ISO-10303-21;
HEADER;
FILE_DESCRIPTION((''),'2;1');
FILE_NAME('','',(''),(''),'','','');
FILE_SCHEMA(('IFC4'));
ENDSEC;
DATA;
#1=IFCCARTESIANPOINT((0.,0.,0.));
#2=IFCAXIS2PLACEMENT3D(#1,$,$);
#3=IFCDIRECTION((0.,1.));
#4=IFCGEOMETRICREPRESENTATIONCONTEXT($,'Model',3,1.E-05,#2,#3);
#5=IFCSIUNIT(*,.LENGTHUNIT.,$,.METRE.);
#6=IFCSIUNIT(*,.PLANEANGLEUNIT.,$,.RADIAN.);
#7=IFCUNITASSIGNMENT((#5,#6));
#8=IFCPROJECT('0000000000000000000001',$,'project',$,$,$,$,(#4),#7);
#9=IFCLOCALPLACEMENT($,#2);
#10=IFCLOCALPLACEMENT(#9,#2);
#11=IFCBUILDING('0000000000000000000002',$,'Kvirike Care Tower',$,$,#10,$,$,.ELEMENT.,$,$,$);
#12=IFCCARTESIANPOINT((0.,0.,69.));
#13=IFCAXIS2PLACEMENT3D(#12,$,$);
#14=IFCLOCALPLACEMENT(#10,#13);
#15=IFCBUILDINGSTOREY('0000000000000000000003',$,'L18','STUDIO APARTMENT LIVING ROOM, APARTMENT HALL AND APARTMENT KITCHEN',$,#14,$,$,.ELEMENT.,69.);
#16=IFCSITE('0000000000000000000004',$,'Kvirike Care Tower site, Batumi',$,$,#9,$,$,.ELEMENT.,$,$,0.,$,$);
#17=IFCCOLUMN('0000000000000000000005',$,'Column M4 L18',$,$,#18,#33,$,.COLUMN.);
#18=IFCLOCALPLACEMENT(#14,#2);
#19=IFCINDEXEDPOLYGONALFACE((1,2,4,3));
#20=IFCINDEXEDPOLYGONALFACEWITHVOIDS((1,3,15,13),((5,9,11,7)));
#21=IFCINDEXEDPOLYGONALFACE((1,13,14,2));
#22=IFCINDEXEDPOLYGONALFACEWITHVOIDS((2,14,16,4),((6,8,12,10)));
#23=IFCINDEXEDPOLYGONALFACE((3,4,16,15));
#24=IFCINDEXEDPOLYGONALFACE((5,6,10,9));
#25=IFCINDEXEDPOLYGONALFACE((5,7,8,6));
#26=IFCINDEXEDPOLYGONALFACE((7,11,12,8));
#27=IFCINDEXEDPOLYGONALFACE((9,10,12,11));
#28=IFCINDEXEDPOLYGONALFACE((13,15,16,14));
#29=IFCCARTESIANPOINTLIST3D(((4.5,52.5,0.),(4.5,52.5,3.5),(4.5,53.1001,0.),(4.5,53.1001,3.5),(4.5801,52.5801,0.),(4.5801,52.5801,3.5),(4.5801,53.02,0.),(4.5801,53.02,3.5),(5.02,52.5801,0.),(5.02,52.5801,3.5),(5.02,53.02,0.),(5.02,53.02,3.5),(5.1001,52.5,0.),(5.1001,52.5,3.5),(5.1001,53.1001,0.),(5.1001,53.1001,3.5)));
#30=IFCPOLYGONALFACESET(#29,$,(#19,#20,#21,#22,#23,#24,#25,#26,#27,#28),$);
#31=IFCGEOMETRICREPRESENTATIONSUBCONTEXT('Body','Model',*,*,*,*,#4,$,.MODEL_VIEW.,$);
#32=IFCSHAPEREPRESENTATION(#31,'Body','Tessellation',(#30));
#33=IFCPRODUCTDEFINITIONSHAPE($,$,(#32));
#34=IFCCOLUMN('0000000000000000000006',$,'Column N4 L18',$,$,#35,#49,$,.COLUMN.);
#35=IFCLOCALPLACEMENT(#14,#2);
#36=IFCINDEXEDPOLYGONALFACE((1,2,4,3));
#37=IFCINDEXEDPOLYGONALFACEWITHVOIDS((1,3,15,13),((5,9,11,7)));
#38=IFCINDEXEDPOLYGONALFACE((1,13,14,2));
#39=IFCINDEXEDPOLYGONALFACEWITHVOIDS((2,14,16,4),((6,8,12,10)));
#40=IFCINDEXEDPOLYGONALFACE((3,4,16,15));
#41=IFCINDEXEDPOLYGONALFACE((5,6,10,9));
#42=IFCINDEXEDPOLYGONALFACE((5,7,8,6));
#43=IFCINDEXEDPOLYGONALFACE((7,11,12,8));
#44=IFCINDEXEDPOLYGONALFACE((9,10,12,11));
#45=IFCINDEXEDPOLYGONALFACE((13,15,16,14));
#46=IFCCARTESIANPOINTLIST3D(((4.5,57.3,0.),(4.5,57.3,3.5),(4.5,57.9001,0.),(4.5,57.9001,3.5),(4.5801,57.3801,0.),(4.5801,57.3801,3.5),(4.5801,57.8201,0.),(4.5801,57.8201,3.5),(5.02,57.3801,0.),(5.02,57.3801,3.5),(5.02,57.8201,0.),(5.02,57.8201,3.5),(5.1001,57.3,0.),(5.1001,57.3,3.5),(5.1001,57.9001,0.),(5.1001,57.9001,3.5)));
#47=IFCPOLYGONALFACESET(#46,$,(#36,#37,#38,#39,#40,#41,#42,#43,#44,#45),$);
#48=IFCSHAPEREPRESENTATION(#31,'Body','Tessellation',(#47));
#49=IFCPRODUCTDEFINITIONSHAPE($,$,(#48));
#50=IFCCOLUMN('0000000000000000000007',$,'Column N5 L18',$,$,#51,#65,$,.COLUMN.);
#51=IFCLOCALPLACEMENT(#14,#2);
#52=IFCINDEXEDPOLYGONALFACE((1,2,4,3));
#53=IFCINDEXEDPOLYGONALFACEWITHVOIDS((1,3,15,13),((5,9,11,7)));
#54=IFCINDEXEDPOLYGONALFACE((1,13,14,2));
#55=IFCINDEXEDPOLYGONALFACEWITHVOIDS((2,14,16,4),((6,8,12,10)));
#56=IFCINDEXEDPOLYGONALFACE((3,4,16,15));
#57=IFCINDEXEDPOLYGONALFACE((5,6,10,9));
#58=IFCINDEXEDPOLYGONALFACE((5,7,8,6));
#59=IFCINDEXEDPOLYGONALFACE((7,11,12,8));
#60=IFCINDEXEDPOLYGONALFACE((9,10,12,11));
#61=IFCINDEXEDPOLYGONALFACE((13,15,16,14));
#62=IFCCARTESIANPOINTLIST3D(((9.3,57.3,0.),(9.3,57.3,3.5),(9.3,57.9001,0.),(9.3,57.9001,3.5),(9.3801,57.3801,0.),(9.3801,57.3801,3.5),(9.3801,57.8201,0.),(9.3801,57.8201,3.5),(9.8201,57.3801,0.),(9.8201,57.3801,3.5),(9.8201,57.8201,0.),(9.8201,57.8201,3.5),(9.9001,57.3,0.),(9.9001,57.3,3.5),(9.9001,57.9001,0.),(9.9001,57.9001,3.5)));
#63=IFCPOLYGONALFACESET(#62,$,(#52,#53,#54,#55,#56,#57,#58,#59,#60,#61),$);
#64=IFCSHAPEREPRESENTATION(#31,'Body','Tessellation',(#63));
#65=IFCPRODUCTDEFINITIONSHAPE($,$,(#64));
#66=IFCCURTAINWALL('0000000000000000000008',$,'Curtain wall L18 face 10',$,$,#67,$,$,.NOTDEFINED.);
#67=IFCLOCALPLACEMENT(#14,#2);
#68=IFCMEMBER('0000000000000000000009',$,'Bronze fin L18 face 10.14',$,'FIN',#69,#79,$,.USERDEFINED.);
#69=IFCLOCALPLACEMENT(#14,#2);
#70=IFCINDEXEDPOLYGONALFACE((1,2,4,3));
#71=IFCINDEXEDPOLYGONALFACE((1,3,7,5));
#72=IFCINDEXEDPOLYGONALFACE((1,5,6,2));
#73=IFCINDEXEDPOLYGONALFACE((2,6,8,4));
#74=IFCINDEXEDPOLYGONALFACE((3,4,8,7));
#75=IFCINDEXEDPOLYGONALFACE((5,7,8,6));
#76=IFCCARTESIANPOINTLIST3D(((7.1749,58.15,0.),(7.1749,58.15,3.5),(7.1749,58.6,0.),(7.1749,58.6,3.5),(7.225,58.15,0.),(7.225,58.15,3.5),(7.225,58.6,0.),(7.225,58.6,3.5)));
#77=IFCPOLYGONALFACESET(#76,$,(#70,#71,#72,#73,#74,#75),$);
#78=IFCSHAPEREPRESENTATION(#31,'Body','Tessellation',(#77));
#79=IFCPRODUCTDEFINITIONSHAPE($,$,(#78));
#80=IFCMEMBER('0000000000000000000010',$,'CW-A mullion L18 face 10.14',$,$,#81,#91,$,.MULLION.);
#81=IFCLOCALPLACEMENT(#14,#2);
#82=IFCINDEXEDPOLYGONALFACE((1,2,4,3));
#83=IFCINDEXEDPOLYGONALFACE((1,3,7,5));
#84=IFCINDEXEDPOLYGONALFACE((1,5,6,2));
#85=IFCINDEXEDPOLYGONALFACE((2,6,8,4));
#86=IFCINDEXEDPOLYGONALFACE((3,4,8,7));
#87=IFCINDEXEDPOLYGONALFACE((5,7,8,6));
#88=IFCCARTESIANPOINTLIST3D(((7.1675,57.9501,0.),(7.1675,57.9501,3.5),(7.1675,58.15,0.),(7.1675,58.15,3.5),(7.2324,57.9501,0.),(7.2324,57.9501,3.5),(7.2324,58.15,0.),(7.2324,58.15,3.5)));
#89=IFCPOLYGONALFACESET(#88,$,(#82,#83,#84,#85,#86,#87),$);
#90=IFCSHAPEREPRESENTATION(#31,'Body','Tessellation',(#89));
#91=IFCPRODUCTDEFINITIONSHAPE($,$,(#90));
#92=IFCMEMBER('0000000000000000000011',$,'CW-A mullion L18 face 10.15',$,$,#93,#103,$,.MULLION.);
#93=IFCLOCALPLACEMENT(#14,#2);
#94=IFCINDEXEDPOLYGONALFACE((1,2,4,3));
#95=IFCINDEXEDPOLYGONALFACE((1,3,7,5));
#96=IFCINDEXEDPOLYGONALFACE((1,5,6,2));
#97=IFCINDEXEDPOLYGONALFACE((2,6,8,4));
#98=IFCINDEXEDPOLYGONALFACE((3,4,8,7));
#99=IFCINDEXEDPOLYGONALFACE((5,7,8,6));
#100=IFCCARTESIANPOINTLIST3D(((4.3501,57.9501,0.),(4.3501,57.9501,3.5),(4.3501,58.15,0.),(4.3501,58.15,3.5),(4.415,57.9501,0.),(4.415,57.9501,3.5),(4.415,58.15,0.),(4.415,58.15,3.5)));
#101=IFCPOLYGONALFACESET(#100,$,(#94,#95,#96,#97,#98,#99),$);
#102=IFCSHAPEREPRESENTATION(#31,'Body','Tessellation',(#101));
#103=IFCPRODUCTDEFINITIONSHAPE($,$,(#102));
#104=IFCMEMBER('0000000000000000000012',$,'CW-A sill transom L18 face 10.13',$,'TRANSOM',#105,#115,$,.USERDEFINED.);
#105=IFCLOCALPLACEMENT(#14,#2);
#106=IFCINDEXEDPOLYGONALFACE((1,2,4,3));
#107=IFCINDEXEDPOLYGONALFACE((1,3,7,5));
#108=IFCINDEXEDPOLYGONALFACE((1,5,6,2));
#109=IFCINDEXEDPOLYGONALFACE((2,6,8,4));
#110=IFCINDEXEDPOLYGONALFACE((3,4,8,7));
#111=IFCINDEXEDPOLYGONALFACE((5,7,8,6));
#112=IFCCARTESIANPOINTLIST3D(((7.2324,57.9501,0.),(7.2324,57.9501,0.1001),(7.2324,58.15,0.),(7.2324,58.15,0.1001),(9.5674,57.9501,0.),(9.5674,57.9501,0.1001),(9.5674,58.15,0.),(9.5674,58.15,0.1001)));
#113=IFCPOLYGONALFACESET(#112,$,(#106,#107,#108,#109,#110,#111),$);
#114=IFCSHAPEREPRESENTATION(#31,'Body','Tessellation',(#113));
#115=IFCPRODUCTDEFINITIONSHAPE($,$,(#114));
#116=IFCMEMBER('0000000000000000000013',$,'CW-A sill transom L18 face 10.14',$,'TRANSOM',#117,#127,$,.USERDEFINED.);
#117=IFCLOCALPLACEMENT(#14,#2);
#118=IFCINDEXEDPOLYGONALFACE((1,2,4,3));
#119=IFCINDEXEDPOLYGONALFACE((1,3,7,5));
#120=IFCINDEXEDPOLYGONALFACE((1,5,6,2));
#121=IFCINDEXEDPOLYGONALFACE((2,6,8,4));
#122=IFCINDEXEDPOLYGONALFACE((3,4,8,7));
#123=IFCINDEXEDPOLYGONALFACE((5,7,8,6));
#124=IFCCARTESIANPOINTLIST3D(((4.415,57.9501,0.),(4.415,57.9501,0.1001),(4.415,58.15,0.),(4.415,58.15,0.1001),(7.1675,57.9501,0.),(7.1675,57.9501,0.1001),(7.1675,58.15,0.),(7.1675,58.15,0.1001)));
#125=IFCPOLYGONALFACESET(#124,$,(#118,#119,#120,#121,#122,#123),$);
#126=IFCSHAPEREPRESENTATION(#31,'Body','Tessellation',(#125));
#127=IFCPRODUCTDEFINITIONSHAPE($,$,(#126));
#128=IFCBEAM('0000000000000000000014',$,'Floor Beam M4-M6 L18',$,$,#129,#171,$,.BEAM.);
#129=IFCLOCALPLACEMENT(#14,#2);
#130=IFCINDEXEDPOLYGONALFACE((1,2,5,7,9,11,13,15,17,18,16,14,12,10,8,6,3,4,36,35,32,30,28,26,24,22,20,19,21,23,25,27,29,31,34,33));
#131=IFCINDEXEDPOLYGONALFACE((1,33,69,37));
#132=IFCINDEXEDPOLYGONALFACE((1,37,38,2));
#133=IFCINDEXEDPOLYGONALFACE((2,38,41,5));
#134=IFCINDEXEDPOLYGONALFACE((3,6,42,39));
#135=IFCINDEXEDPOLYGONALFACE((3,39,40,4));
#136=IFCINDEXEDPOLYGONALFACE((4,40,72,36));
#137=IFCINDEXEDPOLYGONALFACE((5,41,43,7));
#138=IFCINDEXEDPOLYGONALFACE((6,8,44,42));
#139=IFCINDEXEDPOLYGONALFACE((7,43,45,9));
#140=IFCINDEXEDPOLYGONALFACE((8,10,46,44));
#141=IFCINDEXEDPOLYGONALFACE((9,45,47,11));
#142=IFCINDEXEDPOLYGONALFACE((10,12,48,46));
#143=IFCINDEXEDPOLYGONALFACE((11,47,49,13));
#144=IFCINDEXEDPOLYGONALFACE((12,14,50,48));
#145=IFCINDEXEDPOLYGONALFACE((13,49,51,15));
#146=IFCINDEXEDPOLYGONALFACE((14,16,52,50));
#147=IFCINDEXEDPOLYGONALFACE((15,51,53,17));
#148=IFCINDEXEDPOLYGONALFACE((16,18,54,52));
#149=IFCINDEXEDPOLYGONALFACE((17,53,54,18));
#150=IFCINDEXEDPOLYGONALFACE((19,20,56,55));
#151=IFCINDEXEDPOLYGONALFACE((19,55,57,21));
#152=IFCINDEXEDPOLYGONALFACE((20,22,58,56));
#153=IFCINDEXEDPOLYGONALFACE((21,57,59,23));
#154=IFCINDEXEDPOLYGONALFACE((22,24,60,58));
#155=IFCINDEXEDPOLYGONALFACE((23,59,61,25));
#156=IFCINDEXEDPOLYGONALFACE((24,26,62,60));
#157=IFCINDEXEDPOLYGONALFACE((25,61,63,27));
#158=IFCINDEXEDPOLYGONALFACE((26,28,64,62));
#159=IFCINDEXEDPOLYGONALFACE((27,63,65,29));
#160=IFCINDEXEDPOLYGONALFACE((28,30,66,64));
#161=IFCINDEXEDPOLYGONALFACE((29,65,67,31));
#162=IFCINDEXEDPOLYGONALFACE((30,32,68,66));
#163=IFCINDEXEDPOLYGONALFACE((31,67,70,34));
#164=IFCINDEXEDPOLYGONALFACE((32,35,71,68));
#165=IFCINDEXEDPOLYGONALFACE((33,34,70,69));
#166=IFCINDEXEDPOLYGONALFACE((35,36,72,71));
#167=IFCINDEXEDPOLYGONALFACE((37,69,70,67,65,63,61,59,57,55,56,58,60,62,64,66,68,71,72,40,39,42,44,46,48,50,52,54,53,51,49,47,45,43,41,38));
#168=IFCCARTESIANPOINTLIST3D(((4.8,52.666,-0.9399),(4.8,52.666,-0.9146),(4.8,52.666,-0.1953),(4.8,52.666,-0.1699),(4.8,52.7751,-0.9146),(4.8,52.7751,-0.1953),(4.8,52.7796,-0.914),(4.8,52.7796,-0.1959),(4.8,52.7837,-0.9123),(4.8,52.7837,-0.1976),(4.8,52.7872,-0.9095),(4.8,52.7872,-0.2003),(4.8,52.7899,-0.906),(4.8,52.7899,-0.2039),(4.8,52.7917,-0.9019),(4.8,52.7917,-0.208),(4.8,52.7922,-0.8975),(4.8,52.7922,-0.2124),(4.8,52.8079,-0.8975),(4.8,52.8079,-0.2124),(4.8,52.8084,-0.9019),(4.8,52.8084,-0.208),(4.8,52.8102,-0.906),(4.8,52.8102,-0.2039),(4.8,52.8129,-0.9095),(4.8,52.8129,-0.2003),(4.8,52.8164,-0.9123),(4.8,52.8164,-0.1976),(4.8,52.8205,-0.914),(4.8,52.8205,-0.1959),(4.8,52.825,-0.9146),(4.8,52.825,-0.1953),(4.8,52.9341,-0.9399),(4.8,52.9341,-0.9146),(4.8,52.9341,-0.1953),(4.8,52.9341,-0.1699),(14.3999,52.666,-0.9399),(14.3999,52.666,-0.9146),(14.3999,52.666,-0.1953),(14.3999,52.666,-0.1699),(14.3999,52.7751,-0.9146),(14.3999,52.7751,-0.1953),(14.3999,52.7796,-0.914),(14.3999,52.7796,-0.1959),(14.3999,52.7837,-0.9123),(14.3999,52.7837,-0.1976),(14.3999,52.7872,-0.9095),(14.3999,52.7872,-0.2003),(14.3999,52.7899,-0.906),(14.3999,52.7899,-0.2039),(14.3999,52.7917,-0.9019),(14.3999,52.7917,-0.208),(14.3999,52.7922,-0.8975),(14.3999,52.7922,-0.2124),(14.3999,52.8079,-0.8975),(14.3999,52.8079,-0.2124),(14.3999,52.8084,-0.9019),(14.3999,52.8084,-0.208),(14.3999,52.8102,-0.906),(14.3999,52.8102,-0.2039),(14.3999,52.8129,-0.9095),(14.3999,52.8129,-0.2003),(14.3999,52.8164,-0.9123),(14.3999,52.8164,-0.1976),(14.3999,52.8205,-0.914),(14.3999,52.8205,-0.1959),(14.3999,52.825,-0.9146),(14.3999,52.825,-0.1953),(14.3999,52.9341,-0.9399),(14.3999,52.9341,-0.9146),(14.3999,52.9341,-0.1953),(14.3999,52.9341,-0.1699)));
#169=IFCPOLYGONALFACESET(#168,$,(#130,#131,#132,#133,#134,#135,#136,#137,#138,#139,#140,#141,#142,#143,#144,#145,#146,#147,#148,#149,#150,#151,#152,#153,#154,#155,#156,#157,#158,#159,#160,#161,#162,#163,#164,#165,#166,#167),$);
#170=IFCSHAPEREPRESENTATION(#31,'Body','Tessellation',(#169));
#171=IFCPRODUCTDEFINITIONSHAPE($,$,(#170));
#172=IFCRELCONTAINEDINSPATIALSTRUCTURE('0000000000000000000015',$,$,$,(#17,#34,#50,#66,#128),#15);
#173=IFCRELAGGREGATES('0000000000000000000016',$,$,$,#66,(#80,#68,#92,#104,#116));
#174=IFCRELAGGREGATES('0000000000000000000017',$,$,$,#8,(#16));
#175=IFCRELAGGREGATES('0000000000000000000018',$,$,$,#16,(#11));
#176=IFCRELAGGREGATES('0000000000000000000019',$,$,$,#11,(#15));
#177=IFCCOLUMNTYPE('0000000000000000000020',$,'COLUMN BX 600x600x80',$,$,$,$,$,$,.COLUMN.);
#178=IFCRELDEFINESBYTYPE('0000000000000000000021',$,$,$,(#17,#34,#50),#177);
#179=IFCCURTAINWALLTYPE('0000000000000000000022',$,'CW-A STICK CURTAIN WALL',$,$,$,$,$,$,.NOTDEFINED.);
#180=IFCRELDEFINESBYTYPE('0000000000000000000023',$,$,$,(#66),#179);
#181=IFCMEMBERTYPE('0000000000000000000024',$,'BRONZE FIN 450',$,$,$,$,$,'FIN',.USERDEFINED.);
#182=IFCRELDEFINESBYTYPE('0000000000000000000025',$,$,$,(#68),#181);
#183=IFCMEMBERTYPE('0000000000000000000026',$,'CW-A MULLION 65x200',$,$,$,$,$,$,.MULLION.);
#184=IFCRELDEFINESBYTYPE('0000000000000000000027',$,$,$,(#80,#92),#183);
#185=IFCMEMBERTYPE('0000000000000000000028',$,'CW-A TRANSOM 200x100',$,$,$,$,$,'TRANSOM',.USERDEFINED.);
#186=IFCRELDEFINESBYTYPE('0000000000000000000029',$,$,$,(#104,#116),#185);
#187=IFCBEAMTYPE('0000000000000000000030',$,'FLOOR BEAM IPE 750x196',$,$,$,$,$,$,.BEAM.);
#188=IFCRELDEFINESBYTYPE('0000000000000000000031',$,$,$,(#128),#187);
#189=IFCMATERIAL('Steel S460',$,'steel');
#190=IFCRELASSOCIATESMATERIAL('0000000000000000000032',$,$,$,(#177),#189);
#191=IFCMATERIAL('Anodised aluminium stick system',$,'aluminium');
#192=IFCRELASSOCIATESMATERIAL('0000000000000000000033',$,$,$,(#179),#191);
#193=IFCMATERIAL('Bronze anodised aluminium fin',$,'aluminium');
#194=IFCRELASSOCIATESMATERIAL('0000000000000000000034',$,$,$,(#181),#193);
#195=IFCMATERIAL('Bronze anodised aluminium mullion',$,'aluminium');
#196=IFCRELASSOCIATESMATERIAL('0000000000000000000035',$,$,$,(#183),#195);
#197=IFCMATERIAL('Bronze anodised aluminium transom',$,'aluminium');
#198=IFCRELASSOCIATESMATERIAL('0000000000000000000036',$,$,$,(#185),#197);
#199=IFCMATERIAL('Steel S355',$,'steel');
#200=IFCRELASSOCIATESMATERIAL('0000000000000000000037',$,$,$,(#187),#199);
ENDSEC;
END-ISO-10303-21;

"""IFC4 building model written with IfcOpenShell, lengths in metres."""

from ifc_helpers import new_model, si_unit, direction, frame, origin, origin_2d, place, context, subcontext, project, spatial, rectangle, hollow_rectangle, i_section, extrude, material, material_profile, profile_set, type_object, element, aggregate, save


model = new_model("IFC4")

# Units and contexts
model_context = context("Model", 3, precision=1e-05, world=origin(), true_north=direction((0.0, 1.0)))
body_context = subcontext(model_context, "Body", "Model", "MODEL_VIEW")
ifc_project = project(units=[si_unit("LENGTHUNIT", "METRE"), si_unit("PLANEANGLEUNIT", "RADIAN")], contexts=[model_context])

# Site, building, storey
site_placement = place(None, origin())
site = spatial("IfcSite", under=ifc_project, at=site_placement, Name="Kvirike Care Tower site, Batumi", CompositionType="ELEMENT", RefElevation=0.0)
building_placement = place(site_placement, origin())
building = spatial("IfcBuilding", under=site, at=building_placement, Name="Kvirike Care Tower", CompositionType="ELEMENT")
storey_placement = place(building_placement, frame((0.0, 0.0, 69.0)))
storey = spatial("IfcBuildingStorey", under=building, at=storey_placement, Name="L18", Description="STUDIO APARTMENT LIVING ROOM, APARTMENT HALL AND APARTMENT KITCHEN", CompositionType="ELEMENT", Elevation=69.0)

# Columns
ifc_material_1 = material(Name="Steel S460", Category="steel")
ifc_material_profile_1 = material_profile(ifc_material_1, hollow_rectangle(XDim=0.6001, YDim=0.6001, WallThickness=0.0801, at=origin_2d()), Name="BX 600x600x80")
ifc_profile_set_1 = profile_set([ifc_material_profile_1], Name="Steel S460")
column_type = type_object("IfcColumnType", Name="COLUMN BX 600x600x80", PredefinedType="COLUMN", material=ifc_profile_set_1)
for number, where, z_axis, x_axis, name in (
    (1, (4.8, 52.8, 0.0), (0.0, 0.0, 1.0), (0.0, 1.0, 0.0), "Column M4 L18"),
    (2, (4.8, 57.6001, 0.0), (0.0, 0.0, 1.0), (0.0, 1.0, 0.0), "Column N4 L18"),
    (3, (9.6001, 57.6001, 0.0), (0.0, 0.0, 1.0), (0.0, 1.0, 0.0), "Column N5 L18"),
):
    element("IfcColumn", number, at=place(storey_placement, frame(where, z_axis=z_axis, x_axis=x_axis)), inside=storey, type_object=column_type, Name=name, PredefinedType="COLUMN", context=body_context, shape_type="SweptSolid", body=[
        extrude(hollow_rectangle(XDim=0.6001, YDim=0.6001, WallThickness=0.0801, at=origin_2d()), origin(), (0.0, 0.0, 1.0), 3.5),
    ])

# Curtain wall, members
ifc_material_2 = material(Name="Anodised aluminium stick system", Category="aluminium")
curtain_wall_type = type_object("IfcCurtainWallType", Name="CW-A STICK CURTAIN WALL", PredefinedType="NOTDEFINED", material=ifc_material_2)
curtain_wall_placement = place(storey_placement, origin())
curtain_wall = element("IfcCurtainWall", 4, at=curtain_wall_placement, inside=storey, type_object=curtain_wall_type, Name="Curtain wall L18 face 10", PredefinedType="NOTDEFINED")
ifc_material_3 = material(Name="Bronze anodised aluminium fin", Category="aluminium")
ifc_material_profile_2 = material_profile(ifc_material_3, rectangle(XDim=0.05, YDim=0.45, at=origin_2d()), Name="BRONZE FIN 450")
ifc_profile_set_2 = profile_set([ifc_material_profile_2], Name="Bronze anodised aluminium fin")
member_type_1 = type_object("IfcMemberType", Name="BRONZE FIN 450", ElementType="FIN", PredefinedType="USERDEFINED", material=ifc_profile_set_2)
member_1_placement = place(storey_placement, frame((7.2, 58.375, 0.0), z_axis=(0.0, 0.0, 1.0), x_axis=(-1.0, 0.0, 0.0)))
member_1 = element("IfcMember", 5, at=member_1_placement, type_object=member_type_1, Name="Bronze fin L18 face 10.14", ObjectType="FIN", PredefinedType="USERDEFINED", context=body_context, shape_type="SweptSolid", body=[
    extrude(rectangle(XDim=0.05, YDim=0.45, at=origin_2d()), origin(), (0.0, 0.0, 1.0), 3.5),
])
ifc_material_4 = material(Name="Bronze anodised aluminium mullion", Category="aluminium")
ifc_material_profile_3 = material_profile(ifc_material_4, rectangle(XDim=0.0649, YDim=0.2, at=origin_2d()), Name="CW-A MULLION 65x200")
ifc_profile_set_3 = profile_set([ifc_material_profile_3], Name="Bronze anodised aluminium mullion")
member_type_2 = type_object("IfcMemberType", Name="CW-A MULLION 65x200", PredefinedType="MULLION", material=ifc_profile_set_3)
member_2_placement = place(storey_placement, frame((7.2, 58.05, 0.0), z_axis=(0.0, 0.0, 1.0), x_axis=(-1.0, 0.0, 0.0)))
member_2 = element("IfcMember", 6, at=member_2_placement, type_object=member_type_2, Name="CW-A mullion L18 face 10.14", PredefinedType="MULLION", context=body_context, shape_type="SweptSolid", body=[
    extrude(rectangle(XDim=0.0649, YDim=0.2, at=origin_2d()), origin(), (0.0, 0.0, 1.0), 3.5),
])
member_3_placement = place(storey_placement, frame((4.3826, 58.05, 0.0), z_axis=(0.0, 0.0, 1.0), x_axis=(-1.0, 0.0, 0.0)))
member_3 = element("IfcMember", 7, at=member_3_placement, type_object=member_type_2, Name="CW-A mullion L18 face 10.15", PredefinedType="MULLION", context=body_context, shape_type="SweptSolid", body=[
    extrude(rectangle(XDim=0.0649, YDim=0.2, at=origin_2d()), origin(), (0.0, 0.0, 1.0), 3.5),
])
ifc_material_5 = material(Name="Bronze anodised aluminium transom", Category="aluminium")
ifc_material_profile_4 = material_profile(ifc_material_5, rectangle(XDim=0.2, YDim=0.1001, at=origin_2d()), Name="CW-A TRANSOM 200x100")
ifc_profile_set_4 = profile_set([ifc_material_profile_4], Name="Bronze anodised aluminium transom")
member_type_3 = type_object("IfcMemberType", Name="CW-A TRANSOM 200x100", ElementType="TRANSOM", PredefinedType="USERDEFINED", material=ifc_profile_set_4)
member_4_placement = place(storey_placement, frame((9.5674, 58.05, 0.05), z_axis=(-1.0, 0.0, 0.0), x_axis=(0.0, -1.0, 0.0)))
member_4 = element("IfcMember", 8, at=member_4_placement, type_object=member_type_3, Name="CW-A sill transom L18 face 10.13", ObjectType="TRANSOM", PredefinedType="USERDEFINED", context=body_context, shape_type="SweptSolid", body=[
    extrude(rectangle(XDim=0.2, YDim=0.1001, at=origin_2d()), origin(), (0.0, 0.0, 1.0), 2.335),
])
member_5_placement = place(storey_placement, frame((7.1675, 58.05, 0.05), z_axis=(-1.0, 0.0, 0.0), x_axis=(0.0, -1.0, 0.0)))
member_5 = element("IfcMember", 9, at=member_5_placement, type_object=member_type_3, Name="CW-A sill transom L18 face 10.14", ObjectType="TRANSOM", PredefinedType="USERDEFINED", context=body_context, shape_type="SweptSolid", body=[
    extrude(rectangle(XDim=0.2, YDim=0.1001, at=origin_2d()), origin(), (0.0, 0.0, 1.0), 2.7524),
])

# Beam
ifc_material_6 = material(Name="Steel S355", Category="steel")
ifc_material_profile_5 = material_profile(ifc_material_6, i_section(OverallWidth=0.2681, OverallDepth=0.77, WebThickness=0.0156, FlangeThickness=0.0254, FilletRadius=0.0171, at=origin_2d()), Name="IPE 750x196")
ifc_profile_set_5 = profile_set([ifc_material_profile_5], Name="Steel S355")
beam_type_1 = type_object("IfcBeamType", Name="FLOOR BEAM IPE 750x196", PredefinedType="BEAM", material=ifc_profile_set_5)
beam_placement = place(storey_placement, frame((4.8, 52.8, -0.5549), z_axis=(1.0, 0.0, 0.0), x_axis=(0.0, 1.0, 0.0)))
element("IfcBeam", 10, at=beam_placement, inside=storey, type_object=beam_type_1, Name="Floor Beam M4-M6 L18", PredefinedType="BEAM", context=body_context, shape_type="SweptSolid", body=[
    extrude(i_section(OverallWidth=0.2681, OverallDepth=0.77, WebThickness=0.0156, FlangeThickness=0.0254, FilletRadius=0.0171, at=origin_2d()), origin(), (0.0, 0.0, 1.0), 9.5999),
])

aggregate(curtain_wall, [member_2, member_1, member_3, member_4, member_5])

save(model, "model.ifc")
